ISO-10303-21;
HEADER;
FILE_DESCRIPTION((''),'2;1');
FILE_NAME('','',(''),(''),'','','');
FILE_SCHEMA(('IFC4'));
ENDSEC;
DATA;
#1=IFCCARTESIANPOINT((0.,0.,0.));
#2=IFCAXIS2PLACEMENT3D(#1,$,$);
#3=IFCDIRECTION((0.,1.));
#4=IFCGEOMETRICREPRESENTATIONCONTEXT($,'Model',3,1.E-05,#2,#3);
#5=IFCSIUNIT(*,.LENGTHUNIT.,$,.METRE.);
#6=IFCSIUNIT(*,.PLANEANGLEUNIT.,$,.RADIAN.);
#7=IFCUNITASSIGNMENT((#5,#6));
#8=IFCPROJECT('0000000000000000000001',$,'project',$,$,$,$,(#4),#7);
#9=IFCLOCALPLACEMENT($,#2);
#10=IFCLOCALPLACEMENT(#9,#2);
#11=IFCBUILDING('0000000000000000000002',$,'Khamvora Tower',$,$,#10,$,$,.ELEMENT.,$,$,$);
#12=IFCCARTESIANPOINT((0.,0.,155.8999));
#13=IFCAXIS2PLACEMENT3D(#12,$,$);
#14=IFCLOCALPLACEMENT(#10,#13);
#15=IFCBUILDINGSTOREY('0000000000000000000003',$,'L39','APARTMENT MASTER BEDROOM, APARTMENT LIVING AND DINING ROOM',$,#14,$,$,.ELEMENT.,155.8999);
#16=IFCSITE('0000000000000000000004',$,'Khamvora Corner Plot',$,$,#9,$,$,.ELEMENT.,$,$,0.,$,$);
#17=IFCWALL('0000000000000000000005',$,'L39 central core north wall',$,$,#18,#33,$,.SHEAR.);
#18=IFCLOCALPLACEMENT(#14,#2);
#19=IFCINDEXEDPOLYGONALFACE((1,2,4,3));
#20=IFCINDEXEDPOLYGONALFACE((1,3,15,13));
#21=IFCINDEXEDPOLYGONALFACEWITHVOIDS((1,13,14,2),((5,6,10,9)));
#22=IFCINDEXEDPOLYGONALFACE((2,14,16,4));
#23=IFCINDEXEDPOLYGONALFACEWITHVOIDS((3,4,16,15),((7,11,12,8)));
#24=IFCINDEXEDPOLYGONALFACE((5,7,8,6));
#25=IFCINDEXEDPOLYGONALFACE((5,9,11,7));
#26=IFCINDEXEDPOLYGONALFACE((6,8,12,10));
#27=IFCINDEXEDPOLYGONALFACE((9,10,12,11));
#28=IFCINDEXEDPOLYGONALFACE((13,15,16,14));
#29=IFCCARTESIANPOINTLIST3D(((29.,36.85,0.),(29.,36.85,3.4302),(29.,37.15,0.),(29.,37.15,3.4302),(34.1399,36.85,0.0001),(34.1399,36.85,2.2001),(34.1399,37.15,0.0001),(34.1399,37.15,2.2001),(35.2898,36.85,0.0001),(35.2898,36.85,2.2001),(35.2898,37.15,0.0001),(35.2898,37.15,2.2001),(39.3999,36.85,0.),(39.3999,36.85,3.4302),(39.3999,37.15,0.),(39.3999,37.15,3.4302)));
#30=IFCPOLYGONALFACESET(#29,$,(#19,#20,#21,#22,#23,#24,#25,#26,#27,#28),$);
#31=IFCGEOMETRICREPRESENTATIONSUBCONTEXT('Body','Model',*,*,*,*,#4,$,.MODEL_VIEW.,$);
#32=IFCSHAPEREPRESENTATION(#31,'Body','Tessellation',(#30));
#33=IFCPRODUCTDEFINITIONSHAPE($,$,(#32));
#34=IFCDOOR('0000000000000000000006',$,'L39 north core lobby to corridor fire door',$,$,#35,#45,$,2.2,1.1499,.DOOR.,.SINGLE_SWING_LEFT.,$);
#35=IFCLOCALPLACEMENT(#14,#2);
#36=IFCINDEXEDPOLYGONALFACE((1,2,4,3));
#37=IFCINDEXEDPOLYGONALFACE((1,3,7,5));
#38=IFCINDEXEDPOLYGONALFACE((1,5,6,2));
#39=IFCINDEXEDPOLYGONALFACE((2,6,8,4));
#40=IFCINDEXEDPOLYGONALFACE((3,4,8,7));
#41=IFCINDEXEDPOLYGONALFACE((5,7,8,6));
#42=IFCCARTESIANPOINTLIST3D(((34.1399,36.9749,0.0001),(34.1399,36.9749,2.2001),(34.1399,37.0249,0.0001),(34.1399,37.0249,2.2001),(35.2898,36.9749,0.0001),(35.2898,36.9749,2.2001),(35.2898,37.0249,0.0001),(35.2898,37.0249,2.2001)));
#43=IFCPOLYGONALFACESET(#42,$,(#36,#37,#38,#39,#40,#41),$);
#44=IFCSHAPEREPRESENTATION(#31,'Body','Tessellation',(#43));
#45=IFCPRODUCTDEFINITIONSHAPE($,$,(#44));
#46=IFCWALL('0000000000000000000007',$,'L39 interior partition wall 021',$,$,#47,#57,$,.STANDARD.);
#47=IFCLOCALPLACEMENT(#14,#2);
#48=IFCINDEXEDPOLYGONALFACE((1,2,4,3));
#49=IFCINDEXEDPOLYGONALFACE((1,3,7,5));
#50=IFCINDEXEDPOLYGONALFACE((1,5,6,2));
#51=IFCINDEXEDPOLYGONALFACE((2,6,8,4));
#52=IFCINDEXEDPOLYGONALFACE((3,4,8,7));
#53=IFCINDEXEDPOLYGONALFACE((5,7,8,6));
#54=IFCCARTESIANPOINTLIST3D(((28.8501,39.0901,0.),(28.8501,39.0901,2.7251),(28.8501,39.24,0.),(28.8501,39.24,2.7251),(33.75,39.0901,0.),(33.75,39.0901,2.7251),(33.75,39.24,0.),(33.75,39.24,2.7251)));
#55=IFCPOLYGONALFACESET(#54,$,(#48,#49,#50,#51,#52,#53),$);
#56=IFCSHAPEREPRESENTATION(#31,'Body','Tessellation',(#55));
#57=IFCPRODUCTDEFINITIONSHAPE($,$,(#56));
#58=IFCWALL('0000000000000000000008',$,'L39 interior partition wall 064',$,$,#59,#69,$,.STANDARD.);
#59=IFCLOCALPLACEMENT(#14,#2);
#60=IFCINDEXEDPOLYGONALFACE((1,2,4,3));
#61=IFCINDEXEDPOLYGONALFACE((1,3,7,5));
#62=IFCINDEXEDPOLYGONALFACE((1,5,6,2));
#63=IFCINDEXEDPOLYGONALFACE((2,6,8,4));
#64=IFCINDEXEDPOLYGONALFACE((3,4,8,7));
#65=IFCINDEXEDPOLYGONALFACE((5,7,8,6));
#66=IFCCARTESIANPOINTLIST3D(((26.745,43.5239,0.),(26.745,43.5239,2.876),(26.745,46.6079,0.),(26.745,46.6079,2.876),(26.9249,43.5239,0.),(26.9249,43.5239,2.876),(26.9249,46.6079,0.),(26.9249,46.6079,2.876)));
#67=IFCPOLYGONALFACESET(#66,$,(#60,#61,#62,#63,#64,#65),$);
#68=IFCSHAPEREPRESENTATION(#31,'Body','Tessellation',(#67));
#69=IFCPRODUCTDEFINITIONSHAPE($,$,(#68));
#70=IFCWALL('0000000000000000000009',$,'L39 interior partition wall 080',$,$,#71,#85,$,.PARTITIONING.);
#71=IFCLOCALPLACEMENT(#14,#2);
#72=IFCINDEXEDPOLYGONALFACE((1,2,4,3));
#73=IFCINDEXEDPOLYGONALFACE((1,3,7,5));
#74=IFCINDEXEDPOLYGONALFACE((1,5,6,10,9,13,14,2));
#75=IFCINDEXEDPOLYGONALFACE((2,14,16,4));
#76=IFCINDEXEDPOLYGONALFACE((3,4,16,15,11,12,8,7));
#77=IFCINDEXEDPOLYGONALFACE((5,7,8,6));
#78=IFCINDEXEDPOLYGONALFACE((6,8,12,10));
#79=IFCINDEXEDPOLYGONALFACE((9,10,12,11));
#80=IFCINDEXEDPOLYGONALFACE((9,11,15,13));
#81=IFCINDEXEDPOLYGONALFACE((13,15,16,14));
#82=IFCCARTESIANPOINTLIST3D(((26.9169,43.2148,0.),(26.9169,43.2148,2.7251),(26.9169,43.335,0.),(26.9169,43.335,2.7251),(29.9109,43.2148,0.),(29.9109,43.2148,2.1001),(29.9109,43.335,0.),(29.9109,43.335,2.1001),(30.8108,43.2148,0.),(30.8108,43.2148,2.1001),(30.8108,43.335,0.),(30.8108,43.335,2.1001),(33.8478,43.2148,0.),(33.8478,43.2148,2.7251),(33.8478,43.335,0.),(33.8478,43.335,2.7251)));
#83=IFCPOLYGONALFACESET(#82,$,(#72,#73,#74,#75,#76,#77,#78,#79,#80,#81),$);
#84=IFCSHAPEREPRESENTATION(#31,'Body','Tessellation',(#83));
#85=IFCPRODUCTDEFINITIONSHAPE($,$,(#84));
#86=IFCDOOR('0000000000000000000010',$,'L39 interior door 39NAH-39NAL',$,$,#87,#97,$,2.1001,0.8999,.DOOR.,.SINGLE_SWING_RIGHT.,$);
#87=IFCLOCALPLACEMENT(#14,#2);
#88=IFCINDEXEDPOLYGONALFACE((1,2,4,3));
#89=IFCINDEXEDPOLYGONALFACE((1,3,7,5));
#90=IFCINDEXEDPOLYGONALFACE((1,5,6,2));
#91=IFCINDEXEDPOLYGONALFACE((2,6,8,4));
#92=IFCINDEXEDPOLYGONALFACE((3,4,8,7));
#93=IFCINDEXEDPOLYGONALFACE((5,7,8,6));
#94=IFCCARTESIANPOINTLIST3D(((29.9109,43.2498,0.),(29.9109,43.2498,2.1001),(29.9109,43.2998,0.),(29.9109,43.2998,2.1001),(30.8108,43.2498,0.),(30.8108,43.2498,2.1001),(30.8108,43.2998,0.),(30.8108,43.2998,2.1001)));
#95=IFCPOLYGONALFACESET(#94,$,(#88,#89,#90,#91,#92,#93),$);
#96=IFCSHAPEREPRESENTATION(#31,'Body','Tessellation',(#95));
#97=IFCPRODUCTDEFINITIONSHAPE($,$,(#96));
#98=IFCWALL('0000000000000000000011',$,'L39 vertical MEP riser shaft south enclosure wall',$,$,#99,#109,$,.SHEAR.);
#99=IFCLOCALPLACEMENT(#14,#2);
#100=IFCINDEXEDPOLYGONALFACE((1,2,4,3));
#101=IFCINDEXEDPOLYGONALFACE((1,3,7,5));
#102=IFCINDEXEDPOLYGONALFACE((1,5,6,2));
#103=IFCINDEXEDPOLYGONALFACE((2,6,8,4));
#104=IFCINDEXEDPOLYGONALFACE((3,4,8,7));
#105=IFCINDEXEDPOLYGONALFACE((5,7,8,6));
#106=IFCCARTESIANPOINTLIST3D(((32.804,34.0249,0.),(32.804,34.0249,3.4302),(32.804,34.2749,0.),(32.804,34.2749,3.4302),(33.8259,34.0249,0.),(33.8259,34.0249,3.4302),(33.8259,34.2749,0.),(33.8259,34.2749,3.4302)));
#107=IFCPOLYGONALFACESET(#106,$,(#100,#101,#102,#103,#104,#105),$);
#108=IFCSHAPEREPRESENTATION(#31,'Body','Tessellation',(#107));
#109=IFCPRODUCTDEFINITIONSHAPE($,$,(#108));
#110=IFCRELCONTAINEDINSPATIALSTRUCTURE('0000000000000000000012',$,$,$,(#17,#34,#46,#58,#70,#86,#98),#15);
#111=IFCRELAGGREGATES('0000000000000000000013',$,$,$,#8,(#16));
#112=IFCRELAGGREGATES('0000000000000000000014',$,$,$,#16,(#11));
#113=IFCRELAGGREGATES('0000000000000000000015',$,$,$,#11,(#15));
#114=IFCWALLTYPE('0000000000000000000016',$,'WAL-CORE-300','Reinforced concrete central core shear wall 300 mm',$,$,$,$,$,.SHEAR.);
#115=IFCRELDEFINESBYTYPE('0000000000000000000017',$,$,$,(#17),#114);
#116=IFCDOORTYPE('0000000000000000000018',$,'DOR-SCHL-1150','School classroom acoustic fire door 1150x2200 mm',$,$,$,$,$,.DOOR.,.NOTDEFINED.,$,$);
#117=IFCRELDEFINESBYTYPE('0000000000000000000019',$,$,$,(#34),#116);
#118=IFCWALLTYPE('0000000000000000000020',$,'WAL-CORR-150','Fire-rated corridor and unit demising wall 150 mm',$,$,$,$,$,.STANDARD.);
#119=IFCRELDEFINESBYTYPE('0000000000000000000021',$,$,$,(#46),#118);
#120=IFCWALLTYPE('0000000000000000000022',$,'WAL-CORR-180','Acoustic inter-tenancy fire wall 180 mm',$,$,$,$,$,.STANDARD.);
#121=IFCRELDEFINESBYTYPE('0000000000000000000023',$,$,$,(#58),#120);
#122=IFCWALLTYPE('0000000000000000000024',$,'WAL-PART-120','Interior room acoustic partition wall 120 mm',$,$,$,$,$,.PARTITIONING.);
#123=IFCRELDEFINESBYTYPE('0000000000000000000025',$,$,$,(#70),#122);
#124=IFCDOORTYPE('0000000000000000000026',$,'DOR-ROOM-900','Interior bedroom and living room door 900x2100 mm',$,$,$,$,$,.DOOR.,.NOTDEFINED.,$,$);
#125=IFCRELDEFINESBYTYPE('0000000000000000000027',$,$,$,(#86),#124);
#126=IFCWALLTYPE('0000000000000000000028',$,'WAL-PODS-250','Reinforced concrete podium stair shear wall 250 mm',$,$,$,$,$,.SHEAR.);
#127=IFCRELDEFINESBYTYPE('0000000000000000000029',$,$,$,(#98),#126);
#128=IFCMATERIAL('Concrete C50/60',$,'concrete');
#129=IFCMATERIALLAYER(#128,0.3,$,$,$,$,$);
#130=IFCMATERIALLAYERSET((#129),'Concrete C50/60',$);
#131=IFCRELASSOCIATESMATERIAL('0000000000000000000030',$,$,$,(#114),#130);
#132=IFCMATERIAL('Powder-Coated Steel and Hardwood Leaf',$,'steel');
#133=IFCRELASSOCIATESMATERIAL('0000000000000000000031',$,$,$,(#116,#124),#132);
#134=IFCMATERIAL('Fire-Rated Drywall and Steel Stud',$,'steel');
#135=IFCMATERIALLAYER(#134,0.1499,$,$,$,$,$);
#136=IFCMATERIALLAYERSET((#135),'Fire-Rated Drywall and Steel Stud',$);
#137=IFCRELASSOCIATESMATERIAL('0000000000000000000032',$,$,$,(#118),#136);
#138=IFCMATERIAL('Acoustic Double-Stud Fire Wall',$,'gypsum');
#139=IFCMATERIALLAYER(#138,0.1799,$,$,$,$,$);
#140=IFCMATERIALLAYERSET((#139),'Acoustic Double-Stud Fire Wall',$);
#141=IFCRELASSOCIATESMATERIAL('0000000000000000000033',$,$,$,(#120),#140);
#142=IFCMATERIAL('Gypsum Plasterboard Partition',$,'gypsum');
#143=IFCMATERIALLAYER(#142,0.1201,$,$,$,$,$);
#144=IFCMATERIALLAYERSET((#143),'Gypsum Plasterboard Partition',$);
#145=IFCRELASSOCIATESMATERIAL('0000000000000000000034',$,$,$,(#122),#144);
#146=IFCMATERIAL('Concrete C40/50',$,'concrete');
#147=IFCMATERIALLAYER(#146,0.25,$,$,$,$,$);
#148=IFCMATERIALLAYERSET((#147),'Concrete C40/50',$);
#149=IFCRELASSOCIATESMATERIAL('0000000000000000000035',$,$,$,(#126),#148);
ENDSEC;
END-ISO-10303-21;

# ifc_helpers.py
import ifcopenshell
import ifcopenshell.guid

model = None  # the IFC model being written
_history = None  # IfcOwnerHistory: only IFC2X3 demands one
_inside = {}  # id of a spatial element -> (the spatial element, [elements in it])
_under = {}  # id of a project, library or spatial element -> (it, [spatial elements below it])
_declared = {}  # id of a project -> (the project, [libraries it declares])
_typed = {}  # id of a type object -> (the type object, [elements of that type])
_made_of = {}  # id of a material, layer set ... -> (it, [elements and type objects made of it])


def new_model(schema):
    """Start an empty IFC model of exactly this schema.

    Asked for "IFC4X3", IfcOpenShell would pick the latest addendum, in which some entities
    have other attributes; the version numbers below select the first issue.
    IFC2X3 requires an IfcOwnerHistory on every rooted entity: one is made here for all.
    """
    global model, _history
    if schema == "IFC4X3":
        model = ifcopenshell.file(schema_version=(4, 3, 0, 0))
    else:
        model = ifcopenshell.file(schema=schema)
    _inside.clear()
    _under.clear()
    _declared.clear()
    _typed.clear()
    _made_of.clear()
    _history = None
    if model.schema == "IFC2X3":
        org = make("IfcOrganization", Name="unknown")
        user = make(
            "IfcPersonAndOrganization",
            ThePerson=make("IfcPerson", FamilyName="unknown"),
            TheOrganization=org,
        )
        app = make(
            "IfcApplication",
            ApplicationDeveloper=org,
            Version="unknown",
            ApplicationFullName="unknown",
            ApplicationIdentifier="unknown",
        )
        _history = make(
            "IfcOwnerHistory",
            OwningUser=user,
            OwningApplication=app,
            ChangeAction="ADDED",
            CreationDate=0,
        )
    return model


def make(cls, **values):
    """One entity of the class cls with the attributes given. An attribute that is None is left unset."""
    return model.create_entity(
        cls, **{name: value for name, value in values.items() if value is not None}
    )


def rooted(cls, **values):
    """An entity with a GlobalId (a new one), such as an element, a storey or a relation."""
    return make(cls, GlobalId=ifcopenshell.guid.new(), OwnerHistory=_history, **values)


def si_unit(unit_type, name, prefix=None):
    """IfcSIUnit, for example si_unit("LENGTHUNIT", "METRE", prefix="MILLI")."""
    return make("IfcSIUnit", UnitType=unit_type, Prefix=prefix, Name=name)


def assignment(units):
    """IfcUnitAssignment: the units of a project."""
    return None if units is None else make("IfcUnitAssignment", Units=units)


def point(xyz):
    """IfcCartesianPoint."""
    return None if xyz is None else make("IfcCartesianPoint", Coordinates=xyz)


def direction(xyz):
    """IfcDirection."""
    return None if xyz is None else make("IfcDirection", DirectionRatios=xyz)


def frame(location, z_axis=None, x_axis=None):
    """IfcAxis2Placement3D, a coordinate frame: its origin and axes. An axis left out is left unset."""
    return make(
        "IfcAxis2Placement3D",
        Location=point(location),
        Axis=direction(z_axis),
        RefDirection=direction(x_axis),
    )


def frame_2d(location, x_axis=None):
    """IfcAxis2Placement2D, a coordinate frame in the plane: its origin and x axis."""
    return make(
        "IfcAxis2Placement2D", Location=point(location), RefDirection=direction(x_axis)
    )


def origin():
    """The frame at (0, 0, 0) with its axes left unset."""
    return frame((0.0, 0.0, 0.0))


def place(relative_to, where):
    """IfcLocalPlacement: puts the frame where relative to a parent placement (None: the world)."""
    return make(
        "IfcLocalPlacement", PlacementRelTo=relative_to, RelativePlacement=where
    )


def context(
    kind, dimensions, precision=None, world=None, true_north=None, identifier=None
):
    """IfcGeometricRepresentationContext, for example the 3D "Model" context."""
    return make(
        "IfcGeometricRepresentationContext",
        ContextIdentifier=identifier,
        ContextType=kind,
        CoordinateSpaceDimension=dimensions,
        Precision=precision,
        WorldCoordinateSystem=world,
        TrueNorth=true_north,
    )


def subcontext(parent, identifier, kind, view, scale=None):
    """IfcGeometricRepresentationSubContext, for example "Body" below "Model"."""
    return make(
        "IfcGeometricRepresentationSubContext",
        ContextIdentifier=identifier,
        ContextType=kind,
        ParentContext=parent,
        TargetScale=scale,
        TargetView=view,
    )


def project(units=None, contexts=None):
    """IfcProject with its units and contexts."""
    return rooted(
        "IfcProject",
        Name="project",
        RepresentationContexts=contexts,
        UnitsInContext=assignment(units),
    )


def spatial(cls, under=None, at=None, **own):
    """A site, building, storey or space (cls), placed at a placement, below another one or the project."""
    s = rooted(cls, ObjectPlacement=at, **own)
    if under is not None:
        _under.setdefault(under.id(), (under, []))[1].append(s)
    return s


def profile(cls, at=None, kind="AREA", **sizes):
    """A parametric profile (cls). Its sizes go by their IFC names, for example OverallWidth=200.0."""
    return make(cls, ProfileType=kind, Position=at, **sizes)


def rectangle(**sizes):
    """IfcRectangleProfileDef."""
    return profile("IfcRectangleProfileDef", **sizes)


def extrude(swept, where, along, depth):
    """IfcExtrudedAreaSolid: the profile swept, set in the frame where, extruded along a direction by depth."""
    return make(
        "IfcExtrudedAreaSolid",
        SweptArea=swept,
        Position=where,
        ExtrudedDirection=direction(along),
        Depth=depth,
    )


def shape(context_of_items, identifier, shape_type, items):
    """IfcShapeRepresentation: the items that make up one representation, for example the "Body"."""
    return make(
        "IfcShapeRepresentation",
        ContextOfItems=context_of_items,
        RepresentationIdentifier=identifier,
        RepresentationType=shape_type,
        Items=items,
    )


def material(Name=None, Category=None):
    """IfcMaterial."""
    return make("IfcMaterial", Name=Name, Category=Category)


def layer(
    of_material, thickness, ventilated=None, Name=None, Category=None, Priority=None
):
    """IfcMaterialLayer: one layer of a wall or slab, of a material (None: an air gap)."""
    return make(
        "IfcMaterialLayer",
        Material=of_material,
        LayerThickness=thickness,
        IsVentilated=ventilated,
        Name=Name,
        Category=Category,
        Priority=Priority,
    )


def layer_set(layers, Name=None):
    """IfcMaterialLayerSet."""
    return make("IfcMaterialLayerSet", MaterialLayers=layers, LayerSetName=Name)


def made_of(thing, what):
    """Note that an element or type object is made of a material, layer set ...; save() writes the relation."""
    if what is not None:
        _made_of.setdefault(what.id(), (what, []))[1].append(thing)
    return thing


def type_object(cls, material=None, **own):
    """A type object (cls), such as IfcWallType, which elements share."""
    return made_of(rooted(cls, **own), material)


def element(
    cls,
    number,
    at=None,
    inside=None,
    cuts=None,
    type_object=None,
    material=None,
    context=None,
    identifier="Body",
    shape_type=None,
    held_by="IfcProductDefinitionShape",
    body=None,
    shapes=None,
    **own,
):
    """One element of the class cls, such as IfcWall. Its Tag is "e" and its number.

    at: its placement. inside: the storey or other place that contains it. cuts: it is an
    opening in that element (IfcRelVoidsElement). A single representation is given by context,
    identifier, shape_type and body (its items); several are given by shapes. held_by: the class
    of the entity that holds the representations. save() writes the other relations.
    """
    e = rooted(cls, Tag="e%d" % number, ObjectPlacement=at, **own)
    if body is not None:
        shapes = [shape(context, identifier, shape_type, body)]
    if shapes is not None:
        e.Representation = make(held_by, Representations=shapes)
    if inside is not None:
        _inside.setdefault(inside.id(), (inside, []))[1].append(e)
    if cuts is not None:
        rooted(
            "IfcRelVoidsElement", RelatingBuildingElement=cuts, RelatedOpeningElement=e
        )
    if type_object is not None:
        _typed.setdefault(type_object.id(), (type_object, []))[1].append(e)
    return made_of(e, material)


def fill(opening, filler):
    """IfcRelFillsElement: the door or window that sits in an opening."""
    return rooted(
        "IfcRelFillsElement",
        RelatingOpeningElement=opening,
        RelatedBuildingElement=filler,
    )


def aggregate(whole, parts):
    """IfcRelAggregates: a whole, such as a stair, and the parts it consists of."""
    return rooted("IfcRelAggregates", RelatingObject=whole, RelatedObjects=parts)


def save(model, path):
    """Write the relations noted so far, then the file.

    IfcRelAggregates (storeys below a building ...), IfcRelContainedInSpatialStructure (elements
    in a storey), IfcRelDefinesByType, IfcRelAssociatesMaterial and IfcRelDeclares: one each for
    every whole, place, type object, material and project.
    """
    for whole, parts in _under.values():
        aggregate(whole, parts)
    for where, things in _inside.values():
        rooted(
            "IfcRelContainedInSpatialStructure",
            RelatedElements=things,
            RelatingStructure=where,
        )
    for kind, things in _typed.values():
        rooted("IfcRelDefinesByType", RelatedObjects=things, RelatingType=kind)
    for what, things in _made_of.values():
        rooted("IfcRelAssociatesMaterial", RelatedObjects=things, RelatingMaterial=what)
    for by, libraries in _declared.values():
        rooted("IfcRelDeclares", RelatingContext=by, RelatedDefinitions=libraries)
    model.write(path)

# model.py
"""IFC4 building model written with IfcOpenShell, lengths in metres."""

from ifc_helpers import new_model, si_unit, direction, frame, frame_2d, origin, place, context, subcontext, project, spatial, rectangle, extrude, material, layer, layer_set, type_object, element, fill, save


model = new_model("IFC4")

# Units and contexts
model_context = context("Model", 3, precision=1e-05, world=origin(), true_north=direction((0.0, 1.0)))
body_context = subcontext(model_context, "Body", "Model", "MODEL_VIEW")
ifc_project = project(units=[si_unit("LENGTHUNIT", "METRE"), si_unit("PLANEANGLEUNIT", "RADIAN")], contexts=[model_context])

# Site, building, storey
site_placement = place(None, origin())
site = spatial("IfcSite", under=ifc_project, at=site_placement, Name="Khamvora Corner Plot", CompositionType="ELEMENT", RefElevation=0.0)
building_placement = place(site_placement, origin())
building = spatial("IfcBuilding", under=site, at=building_placement, Name="Khamvora Tower", CompositionType="ELEMENT")
storey_placement = place(building_placement, frame((0.0, 0.0, 155.8999)))
storey = spatial("IfcBuildingStorey", under=building, at=storey_placement, Name="L39", Description="APARTMENT MASTER BEDROOM, APARTMENT LIVING AND DINING ROOM", CompositionType="ELEMENT", Elevation=155.8999)

# Wall, opening, door
ifc_material_1 = material(Name="Concrete C50/60", Category="concrete")
ifc_layer_1 = layer(ifc_material_1, 0.3)
ifc_layer_set_1 = layer_set([ifc_layer_1], Name="Concrete C50/60")
wall_type_1 = type_object("IfcWallType", Name="WAL-CORE-300", Description="Reinforced concrete central core shear wall 300 mm", PredefinedType="SHEAR", material=ifc_layer_set_1)
wall_1_placement = place(storey_placement, frame((29.0, 37.0, 0.0), z_axis=(0.0, 0.0, 1.0), x_axis=(1.0, 0.0, 0.0)))
wall_1 = element("IfcWall", 1, at=wall_1_placement, inside=storey, type_object=wall_type_1, Name="L39 central core north wall", PredefinedType="SHEAR", context=body_context, shape_type="SweptSolid", body=[
    extrude(rectangle(XDim=10.3999, YDim=0.3, at=frame_2d((5.2, 0.0))), origin(), (0.0, 0.0, 1.0), 3.4302),
])
opening_1_placement = place(wall_1_placement, frame((5.1399, 0.0, 0.0)))
opening_1 = element("IfcOpeningElement", 2, at=opening_1_placement, cuts=wall_1, PredefinedType="OPENING", context=body_context, shape_type="SweptSolid", body=[
    extrude(rectangle(XDim=1.1499, YDim=2.2, at=frame_2d((0.575, 1.1001))), frame((0.0, 0.1599, 0.0), z_axis=(0.0, -1.0, 0.0), x_axis=(1.0, 0.0, 0.0)), (0.0, 0.0, 1.0), 0.3201),
])
ifc_material_2 = material(Name="Powder-Coated Steel and Hardwood Leaf", Category="steel")
door_type_1 = type_object("IfcDoorType", Name="DOR-SCHL-1150", Description="School classroom acoustic fire door 1150x2200 mm", OperationType="NOTDEFINED", PredefinedType="DOOR", material=ifc_material_2)
door_1_placement = place(opening_1_placement, origin())
door_1 = element("IfcDoor", 3, at=door_1_placement, inside=storey, type_object=door_type_1, Name="L39 north core lobby to corridor fire door", OperationType="SINGLE_SWING_LEFT", OverallHeight=2.2, OverallWidth=1.1499, PredefinedType="DOOR", context=body_context, shape_type="SweptSolid", body=[
    extrude(rectangle(XDim=1.1499, YDim=2.2, at=frame_2d((0.575, 1.1001))), frame((0.0, 0.0249, 0.0), z_axis=(0.0, -1.0, 0.0), x_axis=(1.0, 0.0, 0.0)), (0.0, 0.0, 1.0), 0.05),
])
fill(opening_1, door_1)

# Walls
ifc_material_3 = material(Name="Fire-Rated Drywall and Steel Stud", Category="steel")
ifc_layer_2 = layer(ifc_material_3, 0.1499)
ifc_layer_set_2 = layer_set([ifc_layer_2], Name="Fire-Rated Drywall and Steel Stud")
wall_type_2 = type_object("IfcWallType", Name="WAL-CORR-150", Description="Fire-rated corridor and unit demising wall 150 mm", PredefinedType="STANDARD", material=ifc_layer_set_2)
wall_2_placement = place(storey_placement, frame((28.8501, 39.165, 0.0), z_axis=(0.0, 0.0, 1.0), x_axis=(1.0, 0.0, 0.0)))
element("IfcWall", 4, at=wall_2_placement, inside=storey, type_object=wall_type_2, Name="L39 interior partition wall 021", PredefinedType="STANDARD", context=body_context, shape_type="SweptSolid", body=[
    extrude(rectangle(XDim=4.8999, YDim=0.1499, at=frame_2d((2.45, 0.0))), origin(), (0.0, 0.0, 1.0), 2.7251),
])
ifc_material_4 = material(Name="Acoustic Double-Stud Fire Wall", Category="gypsum")
ifc_layer_3 = layer(ifc_material_4, 0.1799)
ifc_layer_set_3 = layer_set([ifc_layer_3], Name="Acoustic Double-Stud Fire Wall")
wall_type_3 = type_object("IfcWallType", Name="WAL-CORR-180", Description="Acoustic inter-tenancy fire wall 180 mm", PredefinedType="STANDARD", material=ifc_layer_set_3)
wall_3_placement = place(storey_placement, frame((26.835, 46.6079, 0.0), z_axis=(0.0, 0.0, 1.0), x_axis=(0.0, -1.0, 0.0)))
element("IfcWall", 5, at=wall_3_placement, inside=storey, type_object=wall_type_3, Name="L39 interior partition wall 064", PredefinedType="STANDARD", context=body_context, shape_type="SweptSolid", body=[
    extrude(rectangle(XDim=3.084, YDim=0.1799, at=frame_2d((1.542, 0.0))), origin(), (0.0, 0.0, 1.0), 2.876),
])

# Wall, opening, door
ifc_material_5 = material(Name="Gypsum Plasterboard Partition", Category="gypsum")
ifc_layer_4 = layer(ifc_material_5, 0.1201)
ifc_layer_set_4 = layer_set([ifc_layer_4], Name="Gypsum Plasterboard Partition")
wall_type_4 = type_object("IfcWallType", Name="WAL-PART-120", Description="Interior room acoustic partition wall 120 mm", PredefinedType="PARTITIONING", material=ifc_layer_set_4)
wall_4_placement = place(storey_placement, frame((26.917, 43.2749, 0.0), z_axis=(0.0, 0.0, 1.0), x_axis=(1.0, 0.0, 0.0)))
wall_4 = element("IfcWall", 6, at=wall_4_placement, inside=storey, type_object=wall_type_4, Name="L39 interior partition wall 080", PredefinedType="PARTITIONING", context=body_context, shape_type="SweptSolid", body=[
    extrude(rectangle(XDim=6.9309, YDim=0.1201, at=frame_2d((3.4653, 0.0))), origin(), (0.0, 0.0, 1.0), 2.7251),
])
opening_2_placement = place(wall_4_placement, frame((2.9939, 0.0, 0.0)))
opening_2 = element("IfcOpeningElement", 7, at=opening_2_placement, cuts=wall_4, PredefinedType="OPENING", context=body_context, shape_type="SweptSolid", body=[
    extrude(rectangle(XDim=0.8999, YDim=2.1001, at=frame_2d((0.45, 1.05))), frame((0.0, 0.0701, 0.0), z_axis=(0.0, -1.0, 0.0), x_axis=(1.0, 0.0, 0.0)), (0.0, 0.0, 1.0), 0.1401),
])
door_type_2 = type_object("IfcDoorType", Name="DOR-ROOM-900", Description="Interior bedroom and living room door 900x2100 mm", OperationType="NOTDEFINED", PredefinedType="DOOR", material=ifc_material_2)
door_2_placement = place(opening_2_placement, origin())
door_2 = element("IfcDoor", 8, at=door_2_placement, inside=storey, type_object=door_type_2, Name="L39 interior door 39NAH-39NAL", OperationType="SINGLE_SWING_RIGHT", OverallHeight=2.1001, OverallWidth=0.8999, PredefinedType="DOOR", context=body_context, shape_type="SweptSolid", body=[
    extrude(rectangle(XDim=0.8999, YDim=2.1001, at=frame_2d((0.45, 1.05))), frame((0.0, 0.0249, 0.0), z_axis=(0.0, -1.0, 0.0), x_axis=(1.0, 0.0, 0.0)), (0.0, 0.0, 1.0), 0.05),
])
fill(opening_2, door_2)

# Wall
ifc_material_6 = material(Name="Concrete C40/50", Category="concrete")
ifc_layer_5 = layer(ifc_material_6, 0.25)
ifc_layer_set_5 = layer_set([ifc_layer_5], Name="Concrete C40/50")
wall_type_5 = type_object("IfcWallType", Name="WAL-PODS-250", Description="Reinforced concrete podium stair shear wall 250 mm", PredefinedType="SHEAR", material=ifc_layer_set_5)
wall_5_placement = place(storey_placement, frame((32.804, 34.1499, 0.0), z_axis=(0.0, 0.0, 1.0), x_axis=(1.0, 0.0, 0.0)))
element("IfcWall", 9, at=wall_5_placement, inside=storey, type_object=wall_type_5, Name="L39 vertical MEP riser shaft south enclosure wall", PredefinedType="SHEAR", context=body_context, shape_type="SweptSolid", body=[
    extrude(rectangle(XDim=1.022, YDim=0.25, at=frame_2d((0.511, 0.0))), origin(), (0.0, 0.0, 1.0), 3.4302),
])

save(model, "model.ifc")
